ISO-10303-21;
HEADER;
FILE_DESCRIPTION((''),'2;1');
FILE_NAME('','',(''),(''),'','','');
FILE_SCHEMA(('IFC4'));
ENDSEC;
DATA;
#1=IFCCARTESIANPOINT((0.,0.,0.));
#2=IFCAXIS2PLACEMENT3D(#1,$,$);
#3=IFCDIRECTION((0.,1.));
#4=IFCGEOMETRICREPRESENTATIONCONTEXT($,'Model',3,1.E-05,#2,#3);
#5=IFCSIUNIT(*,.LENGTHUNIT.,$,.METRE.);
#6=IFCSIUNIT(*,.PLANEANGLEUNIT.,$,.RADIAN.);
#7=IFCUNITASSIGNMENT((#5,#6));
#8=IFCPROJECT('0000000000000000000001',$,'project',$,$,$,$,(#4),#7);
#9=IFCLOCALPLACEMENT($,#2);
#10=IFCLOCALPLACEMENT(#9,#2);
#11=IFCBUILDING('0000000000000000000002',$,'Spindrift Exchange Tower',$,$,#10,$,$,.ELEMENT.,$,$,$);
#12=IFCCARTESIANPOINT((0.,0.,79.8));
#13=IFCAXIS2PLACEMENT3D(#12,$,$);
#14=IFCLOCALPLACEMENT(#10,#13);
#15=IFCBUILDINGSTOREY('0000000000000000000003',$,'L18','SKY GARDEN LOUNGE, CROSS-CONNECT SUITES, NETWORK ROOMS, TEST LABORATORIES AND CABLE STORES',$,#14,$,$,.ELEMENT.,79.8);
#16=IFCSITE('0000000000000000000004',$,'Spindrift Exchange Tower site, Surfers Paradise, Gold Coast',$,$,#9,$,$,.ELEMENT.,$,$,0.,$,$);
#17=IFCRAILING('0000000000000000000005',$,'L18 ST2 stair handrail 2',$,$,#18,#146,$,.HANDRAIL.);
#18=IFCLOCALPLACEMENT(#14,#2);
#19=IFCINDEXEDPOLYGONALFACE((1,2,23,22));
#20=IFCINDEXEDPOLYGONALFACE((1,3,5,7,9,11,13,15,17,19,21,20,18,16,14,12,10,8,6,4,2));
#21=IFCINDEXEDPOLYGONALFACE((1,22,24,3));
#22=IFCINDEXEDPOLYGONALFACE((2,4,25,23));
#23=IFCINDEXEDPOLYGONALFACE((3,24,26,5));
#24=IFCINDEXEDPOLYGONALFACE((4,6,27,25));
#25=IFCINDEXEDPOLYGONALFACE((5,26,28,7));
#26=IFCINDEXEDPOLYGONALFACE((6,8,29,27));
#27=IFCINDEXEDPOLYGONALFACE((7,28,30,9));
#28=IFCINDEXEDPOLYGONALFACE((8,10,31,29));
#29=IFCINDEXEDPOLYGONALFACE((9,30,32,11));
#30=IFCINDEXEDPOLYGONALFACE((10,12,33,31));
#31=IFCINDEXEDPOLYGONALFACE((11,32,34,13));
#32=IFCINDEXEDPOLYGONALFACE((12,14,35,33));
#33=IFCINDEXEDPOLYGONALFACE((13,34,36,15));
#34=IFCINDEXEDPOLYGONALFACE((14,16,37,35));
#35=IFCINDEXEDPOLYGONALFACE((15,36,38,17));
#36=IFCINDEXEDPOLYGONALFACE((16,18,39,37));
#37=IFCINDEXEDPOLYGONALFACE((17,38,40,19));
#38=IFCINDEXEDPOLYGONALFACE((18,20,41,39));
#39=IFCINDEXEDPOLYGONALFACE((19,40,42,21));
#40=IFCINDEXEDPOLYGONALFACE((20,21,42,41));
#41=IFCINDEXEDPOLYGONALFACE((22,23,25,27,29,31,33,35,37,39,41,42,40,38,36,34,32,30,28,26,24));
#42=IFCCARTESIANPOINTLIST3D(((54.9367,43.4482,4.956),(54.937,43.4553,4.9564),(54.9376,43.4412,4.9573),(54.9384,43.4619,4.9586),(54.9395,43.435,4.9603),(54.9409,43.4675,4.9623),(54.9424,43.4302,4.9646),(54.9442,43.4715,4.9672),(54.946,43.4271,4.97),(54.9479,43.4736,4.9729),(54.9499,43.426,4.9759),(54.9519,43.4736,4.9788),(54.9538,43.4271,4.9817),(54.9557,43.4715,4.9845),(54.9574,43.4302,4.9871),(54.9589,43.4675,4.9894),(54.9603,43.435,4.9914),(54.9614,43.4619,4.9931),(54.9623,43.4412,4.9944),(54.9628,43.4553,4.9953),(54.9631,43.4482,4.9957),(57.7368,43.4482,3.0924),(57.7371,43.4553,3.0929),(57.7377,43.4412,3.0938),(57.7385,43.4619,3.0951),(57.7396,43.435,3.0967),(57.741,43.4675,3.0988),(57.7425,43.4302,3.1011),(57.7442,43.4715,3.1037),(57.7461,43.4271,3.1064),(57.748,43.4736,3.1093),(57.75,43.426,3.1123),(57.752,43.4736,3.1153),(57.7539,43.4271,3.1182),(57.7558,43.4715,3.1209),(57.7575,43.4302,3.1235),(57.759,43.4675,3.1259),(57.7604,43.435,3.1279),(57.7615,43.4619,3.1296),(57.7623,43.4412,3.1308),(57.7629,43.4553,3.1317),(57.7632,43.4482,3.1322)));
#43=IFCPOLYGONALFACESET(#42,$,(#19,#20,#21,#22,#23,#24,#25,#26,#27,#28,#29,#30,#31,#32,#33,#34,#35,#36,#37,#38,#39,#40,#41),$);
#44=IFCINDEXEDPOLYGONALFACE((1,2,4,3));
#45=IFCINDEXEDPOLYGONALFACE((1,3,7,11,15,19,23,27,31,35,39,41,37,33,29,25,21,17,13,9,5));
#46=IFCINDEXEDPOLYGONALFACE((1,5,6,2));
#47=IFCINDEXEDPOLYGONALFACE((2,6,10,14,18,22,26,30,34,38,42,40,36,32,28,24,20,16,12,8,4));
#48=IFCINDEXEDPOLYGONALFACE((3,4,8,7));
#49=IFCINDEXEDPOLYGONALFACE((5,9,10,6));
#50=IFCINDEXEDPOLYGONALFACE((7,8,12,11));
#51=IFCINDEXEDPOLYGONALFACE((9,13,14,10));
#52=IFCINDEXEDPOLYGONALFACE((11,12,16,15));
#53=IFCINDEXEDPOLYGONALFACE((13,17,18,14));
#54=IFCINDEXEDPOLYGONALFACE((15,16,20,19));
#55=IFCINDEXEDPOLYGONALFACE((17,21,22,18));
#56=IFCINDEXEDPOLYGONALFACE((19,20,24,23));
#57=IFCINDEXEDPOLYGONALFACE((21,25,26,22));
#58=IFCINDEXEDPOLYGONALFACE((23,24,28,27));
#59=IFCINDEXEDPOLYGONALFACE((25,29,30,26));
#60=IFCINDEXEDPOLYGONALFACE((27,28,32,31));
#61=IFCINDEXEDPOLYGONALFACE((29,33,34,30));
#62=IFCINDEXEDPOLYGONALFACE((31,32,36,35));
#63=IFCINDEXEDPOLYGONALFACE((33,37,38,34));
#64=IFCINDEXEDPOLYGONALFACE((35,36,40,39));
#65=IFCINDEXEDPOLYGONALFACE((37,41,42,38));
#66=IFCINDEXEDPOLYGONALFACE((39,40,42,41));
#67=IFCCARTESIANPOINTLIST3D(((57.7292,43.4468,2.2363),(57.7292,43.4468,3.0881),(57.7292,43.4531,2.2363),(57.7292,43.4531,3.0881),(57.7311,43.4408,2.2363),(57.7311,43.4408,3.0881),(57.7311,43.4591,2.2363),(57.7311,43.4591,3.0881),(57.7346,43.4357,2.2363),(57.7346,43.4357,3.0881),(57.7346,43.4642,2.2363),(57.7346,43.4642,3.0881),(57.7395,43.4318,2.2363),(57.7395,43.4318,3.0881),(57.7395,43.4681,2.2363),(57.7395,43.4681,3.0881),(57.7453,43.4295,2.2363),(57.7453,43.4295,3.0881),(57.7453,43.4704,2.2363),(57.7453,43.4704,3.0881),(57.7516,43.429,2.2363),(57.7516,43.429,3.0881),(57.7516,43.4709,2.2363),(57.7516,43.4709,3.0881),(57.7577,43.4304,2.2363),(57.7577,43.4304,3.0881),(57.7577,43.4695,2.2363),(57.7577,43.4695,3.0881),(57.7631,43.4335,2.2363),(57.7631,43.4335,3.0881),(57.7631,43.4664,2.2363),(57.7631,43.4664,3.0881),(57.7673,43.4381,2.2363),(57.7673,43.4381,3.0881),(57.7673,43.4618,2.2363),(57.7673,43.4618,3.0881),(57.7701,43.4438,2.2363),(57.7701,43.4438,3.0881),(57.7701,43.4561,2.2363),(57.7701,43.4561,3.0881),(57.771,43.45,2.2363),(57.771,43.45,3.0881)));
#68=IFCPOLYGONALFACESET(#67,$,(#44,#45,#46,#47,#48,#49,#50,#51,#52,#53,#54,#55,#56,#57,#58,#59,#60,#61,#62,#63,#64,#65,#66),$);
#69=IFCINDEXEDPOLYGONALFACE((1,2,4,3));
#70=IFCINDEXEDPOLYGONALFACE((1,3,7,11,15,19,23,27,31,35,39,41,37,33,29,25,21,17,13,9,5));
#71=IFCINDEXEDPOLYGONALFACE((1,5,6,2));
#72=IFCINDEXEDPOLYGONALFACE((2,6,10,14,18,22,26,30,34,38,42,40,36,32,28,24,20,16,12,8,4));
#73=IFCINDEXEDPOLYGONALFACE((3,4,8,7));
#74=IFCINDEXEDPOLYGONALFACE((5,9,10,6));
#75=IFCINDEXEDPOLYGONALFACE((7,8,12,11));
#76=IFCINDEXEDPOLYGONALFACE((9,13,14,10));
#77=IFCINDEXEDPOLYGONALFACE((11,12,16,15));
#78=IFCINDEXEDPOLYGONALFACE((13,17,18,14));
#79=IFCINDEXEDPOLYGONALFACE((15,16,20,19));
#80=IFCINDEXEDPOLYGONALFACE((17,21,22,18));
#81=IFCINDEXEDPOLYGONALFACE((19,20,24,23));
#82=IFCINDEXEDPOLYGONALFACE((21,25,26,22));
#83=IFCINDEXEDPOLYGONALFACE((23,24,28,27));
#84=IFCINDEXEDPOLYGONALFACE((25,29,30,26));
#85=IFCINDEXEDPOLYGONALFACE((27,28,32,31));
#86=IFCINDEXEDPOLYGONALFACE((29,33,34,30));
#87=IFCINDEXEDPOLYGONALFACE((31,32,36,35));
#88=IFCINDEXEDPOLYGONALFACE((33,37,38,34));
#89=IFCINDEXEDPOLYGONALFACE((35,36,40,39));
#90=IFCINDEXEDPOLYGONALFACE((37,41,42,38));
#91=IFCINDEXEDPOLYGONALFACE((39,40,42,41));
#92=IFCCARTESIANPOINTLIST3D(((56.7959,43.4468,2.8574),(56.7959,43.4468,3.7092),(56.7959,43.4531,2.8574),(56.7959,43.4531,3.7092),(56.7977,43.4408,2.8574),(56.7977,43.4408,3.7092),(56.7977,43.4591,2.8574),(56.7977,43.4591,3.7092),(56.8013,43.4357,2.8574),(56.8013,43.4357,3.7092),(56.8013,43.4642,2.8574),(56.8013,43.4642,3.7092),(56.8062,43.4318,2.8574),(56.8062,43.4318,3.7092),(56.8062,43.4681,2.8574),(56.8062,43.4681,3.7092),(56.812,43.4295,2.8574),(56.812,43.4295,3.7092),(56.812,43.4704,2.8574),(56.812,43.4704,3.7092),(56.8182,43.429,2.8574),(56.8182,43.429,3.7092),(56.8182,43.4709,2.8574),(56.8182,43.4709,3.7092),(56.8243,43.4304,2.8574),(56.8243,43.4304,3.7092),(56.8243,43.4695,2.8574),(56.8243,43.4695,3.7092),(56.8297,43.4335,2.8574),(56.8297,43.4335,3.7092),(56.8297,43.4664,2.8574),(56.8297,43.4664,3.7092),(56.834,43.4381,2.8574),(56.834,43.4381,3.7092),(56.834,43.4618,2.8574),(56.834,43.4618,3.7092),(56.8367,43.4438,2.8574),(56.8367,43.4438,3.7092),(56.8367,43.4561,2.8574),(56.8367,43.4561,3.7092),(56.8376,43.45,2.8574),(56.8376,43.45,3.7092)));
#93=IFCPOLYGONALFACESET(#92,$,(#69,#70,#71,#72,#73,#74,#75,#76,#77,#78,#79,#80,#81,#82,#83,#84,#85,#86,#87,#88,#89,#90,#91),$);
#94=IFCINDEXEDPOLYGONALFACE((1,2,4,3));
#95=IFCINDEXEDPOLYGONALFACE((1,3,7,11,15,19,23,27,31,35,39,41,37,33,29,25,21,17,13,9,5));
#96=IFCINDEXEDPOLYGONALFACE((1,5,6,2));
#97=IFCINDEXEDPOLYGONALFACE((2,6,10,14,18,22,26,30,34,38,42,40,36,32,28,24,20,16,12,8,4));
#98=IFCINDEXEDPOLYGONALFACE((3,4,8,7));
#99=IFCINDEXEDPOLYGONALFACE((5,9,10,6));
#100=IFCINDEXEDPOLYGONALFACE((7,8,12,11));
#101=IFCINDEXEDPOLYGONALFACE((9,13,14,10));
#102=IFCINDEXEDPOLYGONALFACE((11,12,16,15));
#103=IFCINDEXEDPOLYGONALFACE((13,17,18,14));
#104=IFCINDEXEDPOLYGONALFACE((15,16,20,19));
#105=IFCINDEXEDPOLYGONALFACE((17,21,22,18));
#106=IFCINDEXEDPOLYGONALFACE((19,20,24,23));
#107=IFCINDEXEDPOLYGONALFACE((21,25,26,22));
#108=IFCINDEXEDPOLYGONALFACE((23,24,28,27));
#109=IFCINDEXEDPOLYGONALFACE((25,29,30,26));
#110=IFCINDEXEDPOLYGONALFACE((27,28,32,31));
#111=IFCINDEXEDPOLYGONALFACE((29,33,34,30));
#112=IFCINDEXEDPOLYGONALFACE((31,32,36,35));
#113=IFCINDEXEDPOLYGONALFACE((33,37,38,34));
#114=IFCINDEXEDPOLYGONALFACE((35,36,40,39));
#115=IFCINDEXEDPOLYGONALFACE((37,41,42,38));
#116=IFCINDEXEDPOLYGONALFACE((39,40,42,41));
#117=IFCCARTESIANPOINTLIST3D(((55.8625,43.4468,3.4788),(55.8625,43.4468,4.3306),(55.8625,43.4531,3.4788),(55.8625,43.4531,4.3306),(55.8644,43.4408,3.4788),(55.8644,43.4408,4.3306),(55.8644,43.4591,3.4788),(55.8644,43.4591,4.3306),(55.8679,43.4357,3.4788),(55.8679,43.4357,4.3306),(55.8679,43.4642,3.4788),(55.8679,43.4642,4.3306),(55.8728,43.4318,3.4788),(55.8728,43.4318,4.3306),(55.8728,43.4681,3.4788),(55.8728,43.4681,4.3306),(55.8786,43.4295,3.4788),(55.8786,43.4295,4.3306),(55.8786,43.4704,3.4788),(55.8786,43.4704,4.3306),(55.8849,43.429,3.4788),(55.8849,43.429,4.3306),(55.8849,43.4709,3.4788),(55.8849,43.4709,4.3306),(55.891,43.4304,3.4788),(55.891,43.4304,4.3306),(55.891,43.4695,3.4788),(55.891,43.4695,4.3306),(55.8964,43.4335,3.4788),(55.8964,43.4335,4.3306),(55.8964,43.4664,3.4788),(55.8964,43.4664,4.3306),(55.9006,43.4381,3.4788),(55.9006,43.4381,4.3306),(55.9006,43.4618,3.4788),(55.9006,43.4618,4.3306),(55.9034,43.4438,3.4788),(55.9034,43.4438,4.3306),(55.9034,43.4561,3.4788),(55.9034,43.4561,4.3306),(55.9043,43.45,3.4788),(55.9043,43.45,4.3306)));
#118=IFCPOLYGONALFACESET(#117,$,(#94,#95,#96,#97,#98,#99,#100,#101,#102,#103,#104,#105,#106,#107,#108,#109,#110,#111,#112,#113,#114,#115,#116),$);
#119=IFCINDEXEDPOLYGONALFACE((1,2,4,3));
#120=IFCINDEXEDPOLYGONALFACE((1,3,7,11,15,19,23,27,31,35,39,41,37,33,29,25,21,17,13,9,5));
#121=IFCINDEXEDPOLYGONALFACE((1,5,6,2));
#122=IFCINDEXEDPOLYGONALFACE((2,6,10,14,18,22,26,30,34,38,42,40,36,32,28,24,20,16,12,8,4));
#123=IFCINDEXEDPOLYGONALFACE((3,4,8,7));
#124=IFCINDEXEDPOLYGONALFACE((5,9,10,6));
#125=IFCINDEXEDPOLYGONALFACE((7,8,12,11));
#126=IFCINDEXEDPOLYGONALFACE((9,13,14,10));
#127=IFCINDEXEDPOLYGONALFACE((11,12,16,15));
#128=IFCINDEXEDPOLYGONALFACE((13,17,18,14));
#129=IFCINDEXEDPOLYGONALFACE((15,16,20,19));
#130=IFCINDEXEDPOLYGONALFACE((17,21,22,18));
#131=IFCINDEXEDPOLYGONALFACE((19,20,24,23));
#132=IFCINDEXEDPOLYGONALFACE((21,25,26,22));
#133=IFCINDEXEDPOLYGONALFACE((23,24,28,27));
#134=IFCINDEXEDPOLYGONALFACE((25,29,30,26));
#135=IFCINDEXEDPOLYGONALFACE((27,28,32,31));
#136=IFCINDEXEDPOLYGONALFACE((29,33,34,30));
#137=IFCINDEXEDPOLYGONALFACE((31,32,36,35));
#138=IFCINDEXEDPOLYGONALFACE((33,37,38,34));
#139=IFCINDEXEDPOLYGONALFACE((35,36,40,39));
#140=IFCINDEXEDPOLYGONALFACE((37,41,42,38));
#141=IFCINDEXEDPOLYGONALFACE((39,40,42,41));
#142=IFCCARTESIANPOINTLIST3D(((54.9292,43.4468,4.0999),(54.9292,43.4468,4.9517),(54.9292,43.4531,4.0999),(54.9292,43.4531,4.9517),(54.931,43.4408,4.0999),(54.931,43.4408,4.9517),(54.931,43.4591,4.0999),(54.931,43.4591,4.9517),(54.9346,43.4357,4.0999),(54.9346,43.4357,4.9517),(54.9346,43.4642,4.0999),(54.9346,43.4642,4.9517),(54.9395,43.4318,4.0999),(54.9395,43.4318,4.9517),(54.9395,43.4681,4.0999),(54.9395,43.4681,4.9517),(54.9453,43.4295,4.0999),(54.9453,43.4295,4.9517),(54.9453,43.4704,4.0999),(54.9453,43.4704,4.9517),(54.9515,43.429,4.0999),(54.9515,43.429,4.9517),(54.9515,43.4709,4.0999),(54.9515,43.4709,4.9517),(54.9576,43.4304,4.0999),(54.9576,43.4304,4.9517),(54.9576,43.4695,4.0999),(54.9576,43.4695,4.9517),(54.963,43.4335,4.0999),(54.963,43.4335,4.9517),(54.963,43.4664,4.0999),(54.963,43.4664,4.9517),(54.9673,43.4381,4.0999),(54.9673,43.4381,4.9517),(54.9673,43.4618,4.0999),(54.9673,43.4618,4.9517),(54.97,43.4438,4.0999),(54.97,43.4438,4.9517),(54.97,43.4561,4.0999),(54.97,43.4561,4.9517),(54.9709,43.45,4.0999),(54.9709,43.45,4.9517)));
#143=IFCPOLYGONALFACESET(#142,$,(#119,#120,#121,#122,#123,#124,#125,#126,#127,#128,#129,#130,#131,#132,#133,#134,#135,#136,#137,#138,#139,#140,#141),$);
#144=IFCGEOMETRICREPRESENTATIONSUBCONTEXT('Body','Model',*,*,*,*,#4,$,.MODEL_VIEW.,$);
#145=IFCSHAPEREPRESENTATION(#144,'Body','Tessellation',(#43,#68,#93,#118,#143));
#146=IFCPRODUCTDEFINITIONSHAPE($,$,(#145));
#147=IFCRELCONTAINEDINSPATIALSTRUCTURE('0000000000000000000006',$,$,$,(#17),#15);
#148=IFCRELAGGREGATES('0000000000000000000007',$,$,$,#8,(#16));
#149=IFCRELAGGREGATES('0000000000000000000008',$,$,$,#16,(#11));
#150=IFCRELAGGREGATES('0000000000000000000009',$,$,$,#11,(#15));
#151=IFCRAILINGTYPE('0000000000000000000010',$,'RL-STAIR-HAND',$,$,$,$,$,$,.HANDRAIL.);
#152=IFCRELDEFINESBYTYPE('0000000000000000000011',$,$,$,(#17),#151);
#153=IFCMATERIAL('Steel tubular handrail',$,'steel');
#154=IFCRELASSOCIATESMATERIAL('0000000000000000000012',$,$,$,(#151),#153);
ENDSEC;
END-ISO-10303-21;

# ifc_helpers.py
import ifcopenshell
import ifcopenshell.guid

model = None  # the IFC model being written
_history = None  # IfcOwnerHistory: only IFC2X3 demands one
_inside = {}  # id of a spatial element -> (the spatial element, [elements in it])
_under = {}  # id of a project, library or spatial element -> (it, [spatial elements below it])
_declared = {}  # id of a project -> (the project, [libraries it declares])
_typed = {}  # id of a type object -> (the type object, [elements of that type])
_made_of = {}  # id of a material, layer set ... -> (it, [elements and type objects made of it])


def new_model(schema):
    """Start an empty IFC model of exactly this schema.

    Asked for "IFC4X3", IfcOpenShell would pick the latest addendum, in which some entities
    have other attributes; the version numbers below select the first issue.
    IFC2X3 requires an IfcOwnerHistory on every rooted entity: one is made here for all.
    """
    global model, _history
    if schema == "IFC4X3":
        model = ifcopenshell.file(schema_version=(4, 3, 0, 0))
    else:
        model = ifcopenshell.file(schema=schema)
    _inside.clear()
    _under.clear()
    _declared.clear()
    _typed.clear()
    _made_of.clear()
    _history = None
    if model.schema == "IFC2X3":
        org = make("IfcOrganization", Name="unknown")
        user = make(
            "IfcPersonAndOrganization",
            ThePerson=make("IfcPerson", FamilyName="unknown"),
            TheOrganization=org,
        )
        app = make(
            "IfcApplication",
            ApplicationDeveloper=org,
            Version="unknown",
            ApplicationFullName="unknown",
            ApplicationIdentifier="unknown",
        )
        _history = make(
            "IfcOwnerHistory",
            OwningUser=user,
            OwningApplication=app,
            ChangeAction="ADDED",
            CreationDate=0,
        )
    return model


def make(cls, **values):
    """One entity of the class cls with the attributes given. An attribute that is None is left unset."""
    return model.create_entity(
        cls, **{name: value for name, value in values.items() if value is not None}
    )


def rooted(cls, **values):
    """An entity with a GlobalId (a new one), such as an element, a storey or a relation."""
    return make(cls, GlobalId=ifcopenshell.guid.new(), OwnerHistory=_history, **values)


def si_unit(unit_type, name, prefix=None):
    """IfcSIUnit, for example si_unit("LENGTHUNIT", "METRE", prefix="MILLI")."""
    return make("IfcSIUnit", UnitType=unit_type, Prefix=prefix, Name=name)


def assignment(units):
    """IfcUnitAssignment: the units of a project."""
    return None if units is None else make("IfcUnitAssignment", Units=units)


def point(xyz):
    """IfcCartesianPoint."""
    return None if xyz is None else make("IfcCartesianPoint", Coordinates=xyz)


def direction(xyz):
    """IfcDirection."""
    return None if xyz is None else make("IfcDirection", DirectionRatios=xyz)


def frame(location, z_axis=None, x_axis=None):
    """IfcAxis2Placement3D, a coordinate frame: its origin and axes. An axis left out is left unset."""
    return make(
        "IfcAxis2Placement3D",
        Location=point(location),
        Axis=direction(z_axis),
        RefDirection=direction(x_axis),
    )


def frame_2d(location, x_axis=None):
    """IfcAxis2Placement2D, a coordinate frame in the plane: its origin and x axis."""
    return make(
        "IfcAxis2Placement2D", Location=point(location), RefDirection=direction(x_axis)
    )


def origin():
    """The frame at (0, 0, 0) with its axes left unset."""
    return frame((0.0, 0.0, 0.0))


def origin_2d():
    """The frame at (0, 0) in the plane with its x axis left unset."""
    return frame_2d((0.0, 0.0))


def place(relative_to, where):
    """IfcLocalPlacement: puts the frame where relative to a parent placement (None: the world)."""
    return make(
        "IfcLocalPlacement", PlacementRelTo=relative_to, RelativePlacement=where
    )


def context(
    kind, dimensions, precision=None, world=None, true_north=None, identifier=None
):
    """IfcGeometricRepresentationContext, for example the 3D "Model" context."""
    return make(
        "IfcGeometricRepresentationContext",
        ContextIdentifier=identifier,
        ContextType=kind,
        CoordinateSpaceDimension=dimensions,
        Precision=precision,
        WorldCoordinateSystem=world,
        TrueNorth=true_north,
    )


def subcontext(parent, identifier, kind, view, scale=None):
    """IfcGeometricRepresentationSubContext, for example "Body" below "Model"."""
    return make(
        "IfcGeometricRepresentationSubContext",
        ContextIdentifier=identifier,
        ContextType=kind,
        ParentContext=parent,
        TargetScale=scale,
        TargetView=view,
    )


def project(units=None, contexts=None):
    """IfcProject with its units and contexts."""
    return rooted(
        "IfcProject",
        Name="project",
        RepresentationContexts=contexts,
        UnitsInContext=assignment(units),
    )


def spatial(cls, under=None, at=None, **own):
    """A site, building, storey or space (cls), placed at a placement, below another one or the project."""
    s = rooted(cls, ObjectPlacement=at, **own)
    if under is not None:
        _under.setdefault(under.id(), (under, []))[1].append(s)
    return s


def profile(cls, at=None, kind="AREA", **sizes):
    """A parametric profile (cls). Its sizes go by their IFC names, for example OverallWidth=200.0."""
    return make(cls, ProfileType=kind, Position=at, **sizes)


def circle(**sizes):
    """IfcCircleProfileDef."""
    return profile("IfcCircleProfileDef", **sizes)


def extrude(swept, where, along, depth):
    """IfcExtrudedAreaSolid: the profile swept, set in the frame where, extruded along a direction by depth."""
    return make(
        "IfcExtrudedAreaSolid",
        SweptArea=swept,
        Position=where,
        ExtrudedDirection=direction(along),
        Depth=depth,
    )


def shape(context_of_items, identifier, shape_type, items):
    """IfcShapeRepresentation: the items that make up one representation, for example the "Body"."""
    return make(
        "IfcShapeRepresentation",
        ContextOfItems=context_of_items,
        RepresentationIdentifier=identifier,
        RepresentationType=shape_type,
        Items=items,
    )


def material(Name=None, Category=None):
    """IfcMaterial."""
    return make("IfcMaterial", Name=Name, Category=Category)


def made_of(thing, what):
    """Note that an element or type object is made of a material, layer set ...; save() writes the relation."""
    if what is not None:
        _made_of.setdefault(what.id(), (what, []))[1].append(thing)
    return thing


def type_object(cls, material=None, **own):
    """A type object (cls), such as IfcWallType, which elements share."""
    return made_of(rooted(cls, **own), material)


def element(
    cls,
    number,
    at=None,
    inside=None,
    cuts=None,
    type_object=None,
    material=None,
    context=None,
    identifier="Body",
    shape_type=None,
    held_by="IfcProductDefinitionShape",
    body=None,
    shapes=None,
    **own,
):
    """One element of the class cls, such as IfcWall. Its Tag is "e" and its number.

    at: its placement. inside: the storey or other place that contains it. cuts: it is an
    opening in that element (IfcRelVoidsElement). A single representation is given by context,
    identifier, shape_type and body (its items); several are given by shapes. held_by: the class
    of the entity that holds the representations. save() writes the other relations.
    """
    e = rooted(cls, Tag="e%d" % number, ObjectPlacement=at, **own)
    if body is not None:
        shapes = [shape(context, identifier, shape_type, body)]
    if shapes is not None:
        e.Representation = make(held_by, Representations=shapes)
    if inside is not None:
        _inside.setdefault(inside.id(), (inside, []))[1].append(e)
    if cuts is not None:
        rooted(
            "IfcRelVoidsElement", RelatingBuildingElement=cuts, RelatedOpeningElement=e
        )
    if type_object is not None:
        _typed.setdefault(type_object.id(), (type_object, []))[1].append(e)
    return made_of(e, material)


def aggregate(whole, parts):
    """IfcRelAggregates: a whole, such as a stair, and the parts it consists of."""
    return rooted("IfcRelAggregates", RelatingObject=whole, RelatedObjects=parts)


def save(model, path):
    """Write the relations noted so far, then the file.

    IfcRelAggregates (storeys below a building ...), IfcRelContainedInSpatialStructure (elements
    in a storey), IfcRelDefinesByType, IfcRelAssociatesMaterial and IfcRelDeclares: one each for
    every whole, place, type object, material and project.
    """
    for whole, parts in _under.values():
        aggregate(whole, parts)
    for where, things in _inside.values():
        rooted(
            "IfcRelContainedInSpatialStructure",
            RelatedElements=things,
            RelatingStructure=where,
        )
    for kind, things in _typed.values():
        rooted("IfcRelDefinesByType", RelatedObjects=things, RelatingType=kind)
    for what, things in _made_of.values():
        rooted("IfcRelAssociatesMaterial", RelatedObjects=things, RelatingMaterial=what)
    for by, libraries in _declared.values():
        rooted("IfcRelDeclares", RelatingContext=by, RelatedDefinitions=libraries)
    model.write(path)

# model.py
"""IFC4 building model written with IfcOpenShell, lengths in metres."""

from ifc_helpers import new_model, si_unit, direction, frame, origin, origin_2d, place, context, subcontext, project, spatial, circle, extrude, material, type_object, element, save


model = new_model("IFC4")

# Units and contexts
model_context = context("Model", 3, precision=1e-05, world=origin(), true_north=direction((0.0, 1.0)))
body_context = subcontext(model_context, "Body", "Model", "MODEL_VIEW")
ifc_project = project(units=[si_unit("LENGTHUNIT", "METRE"), si_unit("PLANEANGLEUNIT", "RADIAN")], contexts=[model_context])

# Site, building, storey
site_placement = place(None, origin())
site = spatial("IfcSite", under=ifc_project, at=site_placement, Name="Spindrift Exchange Tower site, Surfers Paradise, Gold Coast", CompositionType="ELEMENT", RefElevation=0.0)
building_placement = place(site_placement, origin())
building = spatial("IfcBuilding", under=site, at=building_placement, Name="Spindrift Exchange Tower", CompositionType="ELEMENT")
storey_placement = place(building_placement, frame((0.0, 0.0, 79.8)))
storey = spatial("IfcBuildingStorey", under=building, at=storey_placement, Name="L18", Description="SKY GARDEN LOUNGE, CROSS-CONNECT SUITES, NETWORK ROOMS, TEST LABORATORIES AND CABLE STORES", CompositionType="ELEMENT", Elevation=79.8)

# Railing
ifc_material_1 = material(Name="Steel tubular handrail", Category="steel")
railing_type_1 = type_object("IfcRailingType", Name="RL-STAIR-HAND", PredefinedType="HANDRAIL", material=ifc_material_1)
railing_1_placement = place(storey_placement, frame((57.75, 43.45, 2.2363)))
element("IfcRailing", 1, at=railing_1_placement, inside=storey, type_object=railing_type_1, Name="L18 ST2 stair handrail 2", PredefinedType="HANDRAIL", context=body_context, shape_type="SweptSolid", body=[
    extrude(circle(Radius=0.0239, at=origin_2d()), frame((0.0, 0.0, 0.876), z_axis=(-0.832486, 0.0, 0.554047), x_axis=(0.0, -1.0, 0.0)), (0.0, 0.0, 1.0), 3.3635),
    extrude(circle(Radius=0.021, at=origin_2d()), origin(), (0.0, 0.0, 1.0), 0.8518),
    extrude(circle(Radius=0.021, at=origin_2d()), frame((-0.9333, 0.0, 0.6211)), (0.0, 0.0, 1.0), 0.8518),
    extrude(circle(Radius=0.021, at=origin_2d()), frame((-1.8667, 0.0, 1.2424)), (0.0, 0.0, 1.0), 0.8518),
    extrude(circle(Radius=0.021, at=origin_2d()), frame((-2.8, 0.0, 1.8635)), (0.0, 0.0, 1.0), 0.8518),
])

save(model, "model.ifc")
